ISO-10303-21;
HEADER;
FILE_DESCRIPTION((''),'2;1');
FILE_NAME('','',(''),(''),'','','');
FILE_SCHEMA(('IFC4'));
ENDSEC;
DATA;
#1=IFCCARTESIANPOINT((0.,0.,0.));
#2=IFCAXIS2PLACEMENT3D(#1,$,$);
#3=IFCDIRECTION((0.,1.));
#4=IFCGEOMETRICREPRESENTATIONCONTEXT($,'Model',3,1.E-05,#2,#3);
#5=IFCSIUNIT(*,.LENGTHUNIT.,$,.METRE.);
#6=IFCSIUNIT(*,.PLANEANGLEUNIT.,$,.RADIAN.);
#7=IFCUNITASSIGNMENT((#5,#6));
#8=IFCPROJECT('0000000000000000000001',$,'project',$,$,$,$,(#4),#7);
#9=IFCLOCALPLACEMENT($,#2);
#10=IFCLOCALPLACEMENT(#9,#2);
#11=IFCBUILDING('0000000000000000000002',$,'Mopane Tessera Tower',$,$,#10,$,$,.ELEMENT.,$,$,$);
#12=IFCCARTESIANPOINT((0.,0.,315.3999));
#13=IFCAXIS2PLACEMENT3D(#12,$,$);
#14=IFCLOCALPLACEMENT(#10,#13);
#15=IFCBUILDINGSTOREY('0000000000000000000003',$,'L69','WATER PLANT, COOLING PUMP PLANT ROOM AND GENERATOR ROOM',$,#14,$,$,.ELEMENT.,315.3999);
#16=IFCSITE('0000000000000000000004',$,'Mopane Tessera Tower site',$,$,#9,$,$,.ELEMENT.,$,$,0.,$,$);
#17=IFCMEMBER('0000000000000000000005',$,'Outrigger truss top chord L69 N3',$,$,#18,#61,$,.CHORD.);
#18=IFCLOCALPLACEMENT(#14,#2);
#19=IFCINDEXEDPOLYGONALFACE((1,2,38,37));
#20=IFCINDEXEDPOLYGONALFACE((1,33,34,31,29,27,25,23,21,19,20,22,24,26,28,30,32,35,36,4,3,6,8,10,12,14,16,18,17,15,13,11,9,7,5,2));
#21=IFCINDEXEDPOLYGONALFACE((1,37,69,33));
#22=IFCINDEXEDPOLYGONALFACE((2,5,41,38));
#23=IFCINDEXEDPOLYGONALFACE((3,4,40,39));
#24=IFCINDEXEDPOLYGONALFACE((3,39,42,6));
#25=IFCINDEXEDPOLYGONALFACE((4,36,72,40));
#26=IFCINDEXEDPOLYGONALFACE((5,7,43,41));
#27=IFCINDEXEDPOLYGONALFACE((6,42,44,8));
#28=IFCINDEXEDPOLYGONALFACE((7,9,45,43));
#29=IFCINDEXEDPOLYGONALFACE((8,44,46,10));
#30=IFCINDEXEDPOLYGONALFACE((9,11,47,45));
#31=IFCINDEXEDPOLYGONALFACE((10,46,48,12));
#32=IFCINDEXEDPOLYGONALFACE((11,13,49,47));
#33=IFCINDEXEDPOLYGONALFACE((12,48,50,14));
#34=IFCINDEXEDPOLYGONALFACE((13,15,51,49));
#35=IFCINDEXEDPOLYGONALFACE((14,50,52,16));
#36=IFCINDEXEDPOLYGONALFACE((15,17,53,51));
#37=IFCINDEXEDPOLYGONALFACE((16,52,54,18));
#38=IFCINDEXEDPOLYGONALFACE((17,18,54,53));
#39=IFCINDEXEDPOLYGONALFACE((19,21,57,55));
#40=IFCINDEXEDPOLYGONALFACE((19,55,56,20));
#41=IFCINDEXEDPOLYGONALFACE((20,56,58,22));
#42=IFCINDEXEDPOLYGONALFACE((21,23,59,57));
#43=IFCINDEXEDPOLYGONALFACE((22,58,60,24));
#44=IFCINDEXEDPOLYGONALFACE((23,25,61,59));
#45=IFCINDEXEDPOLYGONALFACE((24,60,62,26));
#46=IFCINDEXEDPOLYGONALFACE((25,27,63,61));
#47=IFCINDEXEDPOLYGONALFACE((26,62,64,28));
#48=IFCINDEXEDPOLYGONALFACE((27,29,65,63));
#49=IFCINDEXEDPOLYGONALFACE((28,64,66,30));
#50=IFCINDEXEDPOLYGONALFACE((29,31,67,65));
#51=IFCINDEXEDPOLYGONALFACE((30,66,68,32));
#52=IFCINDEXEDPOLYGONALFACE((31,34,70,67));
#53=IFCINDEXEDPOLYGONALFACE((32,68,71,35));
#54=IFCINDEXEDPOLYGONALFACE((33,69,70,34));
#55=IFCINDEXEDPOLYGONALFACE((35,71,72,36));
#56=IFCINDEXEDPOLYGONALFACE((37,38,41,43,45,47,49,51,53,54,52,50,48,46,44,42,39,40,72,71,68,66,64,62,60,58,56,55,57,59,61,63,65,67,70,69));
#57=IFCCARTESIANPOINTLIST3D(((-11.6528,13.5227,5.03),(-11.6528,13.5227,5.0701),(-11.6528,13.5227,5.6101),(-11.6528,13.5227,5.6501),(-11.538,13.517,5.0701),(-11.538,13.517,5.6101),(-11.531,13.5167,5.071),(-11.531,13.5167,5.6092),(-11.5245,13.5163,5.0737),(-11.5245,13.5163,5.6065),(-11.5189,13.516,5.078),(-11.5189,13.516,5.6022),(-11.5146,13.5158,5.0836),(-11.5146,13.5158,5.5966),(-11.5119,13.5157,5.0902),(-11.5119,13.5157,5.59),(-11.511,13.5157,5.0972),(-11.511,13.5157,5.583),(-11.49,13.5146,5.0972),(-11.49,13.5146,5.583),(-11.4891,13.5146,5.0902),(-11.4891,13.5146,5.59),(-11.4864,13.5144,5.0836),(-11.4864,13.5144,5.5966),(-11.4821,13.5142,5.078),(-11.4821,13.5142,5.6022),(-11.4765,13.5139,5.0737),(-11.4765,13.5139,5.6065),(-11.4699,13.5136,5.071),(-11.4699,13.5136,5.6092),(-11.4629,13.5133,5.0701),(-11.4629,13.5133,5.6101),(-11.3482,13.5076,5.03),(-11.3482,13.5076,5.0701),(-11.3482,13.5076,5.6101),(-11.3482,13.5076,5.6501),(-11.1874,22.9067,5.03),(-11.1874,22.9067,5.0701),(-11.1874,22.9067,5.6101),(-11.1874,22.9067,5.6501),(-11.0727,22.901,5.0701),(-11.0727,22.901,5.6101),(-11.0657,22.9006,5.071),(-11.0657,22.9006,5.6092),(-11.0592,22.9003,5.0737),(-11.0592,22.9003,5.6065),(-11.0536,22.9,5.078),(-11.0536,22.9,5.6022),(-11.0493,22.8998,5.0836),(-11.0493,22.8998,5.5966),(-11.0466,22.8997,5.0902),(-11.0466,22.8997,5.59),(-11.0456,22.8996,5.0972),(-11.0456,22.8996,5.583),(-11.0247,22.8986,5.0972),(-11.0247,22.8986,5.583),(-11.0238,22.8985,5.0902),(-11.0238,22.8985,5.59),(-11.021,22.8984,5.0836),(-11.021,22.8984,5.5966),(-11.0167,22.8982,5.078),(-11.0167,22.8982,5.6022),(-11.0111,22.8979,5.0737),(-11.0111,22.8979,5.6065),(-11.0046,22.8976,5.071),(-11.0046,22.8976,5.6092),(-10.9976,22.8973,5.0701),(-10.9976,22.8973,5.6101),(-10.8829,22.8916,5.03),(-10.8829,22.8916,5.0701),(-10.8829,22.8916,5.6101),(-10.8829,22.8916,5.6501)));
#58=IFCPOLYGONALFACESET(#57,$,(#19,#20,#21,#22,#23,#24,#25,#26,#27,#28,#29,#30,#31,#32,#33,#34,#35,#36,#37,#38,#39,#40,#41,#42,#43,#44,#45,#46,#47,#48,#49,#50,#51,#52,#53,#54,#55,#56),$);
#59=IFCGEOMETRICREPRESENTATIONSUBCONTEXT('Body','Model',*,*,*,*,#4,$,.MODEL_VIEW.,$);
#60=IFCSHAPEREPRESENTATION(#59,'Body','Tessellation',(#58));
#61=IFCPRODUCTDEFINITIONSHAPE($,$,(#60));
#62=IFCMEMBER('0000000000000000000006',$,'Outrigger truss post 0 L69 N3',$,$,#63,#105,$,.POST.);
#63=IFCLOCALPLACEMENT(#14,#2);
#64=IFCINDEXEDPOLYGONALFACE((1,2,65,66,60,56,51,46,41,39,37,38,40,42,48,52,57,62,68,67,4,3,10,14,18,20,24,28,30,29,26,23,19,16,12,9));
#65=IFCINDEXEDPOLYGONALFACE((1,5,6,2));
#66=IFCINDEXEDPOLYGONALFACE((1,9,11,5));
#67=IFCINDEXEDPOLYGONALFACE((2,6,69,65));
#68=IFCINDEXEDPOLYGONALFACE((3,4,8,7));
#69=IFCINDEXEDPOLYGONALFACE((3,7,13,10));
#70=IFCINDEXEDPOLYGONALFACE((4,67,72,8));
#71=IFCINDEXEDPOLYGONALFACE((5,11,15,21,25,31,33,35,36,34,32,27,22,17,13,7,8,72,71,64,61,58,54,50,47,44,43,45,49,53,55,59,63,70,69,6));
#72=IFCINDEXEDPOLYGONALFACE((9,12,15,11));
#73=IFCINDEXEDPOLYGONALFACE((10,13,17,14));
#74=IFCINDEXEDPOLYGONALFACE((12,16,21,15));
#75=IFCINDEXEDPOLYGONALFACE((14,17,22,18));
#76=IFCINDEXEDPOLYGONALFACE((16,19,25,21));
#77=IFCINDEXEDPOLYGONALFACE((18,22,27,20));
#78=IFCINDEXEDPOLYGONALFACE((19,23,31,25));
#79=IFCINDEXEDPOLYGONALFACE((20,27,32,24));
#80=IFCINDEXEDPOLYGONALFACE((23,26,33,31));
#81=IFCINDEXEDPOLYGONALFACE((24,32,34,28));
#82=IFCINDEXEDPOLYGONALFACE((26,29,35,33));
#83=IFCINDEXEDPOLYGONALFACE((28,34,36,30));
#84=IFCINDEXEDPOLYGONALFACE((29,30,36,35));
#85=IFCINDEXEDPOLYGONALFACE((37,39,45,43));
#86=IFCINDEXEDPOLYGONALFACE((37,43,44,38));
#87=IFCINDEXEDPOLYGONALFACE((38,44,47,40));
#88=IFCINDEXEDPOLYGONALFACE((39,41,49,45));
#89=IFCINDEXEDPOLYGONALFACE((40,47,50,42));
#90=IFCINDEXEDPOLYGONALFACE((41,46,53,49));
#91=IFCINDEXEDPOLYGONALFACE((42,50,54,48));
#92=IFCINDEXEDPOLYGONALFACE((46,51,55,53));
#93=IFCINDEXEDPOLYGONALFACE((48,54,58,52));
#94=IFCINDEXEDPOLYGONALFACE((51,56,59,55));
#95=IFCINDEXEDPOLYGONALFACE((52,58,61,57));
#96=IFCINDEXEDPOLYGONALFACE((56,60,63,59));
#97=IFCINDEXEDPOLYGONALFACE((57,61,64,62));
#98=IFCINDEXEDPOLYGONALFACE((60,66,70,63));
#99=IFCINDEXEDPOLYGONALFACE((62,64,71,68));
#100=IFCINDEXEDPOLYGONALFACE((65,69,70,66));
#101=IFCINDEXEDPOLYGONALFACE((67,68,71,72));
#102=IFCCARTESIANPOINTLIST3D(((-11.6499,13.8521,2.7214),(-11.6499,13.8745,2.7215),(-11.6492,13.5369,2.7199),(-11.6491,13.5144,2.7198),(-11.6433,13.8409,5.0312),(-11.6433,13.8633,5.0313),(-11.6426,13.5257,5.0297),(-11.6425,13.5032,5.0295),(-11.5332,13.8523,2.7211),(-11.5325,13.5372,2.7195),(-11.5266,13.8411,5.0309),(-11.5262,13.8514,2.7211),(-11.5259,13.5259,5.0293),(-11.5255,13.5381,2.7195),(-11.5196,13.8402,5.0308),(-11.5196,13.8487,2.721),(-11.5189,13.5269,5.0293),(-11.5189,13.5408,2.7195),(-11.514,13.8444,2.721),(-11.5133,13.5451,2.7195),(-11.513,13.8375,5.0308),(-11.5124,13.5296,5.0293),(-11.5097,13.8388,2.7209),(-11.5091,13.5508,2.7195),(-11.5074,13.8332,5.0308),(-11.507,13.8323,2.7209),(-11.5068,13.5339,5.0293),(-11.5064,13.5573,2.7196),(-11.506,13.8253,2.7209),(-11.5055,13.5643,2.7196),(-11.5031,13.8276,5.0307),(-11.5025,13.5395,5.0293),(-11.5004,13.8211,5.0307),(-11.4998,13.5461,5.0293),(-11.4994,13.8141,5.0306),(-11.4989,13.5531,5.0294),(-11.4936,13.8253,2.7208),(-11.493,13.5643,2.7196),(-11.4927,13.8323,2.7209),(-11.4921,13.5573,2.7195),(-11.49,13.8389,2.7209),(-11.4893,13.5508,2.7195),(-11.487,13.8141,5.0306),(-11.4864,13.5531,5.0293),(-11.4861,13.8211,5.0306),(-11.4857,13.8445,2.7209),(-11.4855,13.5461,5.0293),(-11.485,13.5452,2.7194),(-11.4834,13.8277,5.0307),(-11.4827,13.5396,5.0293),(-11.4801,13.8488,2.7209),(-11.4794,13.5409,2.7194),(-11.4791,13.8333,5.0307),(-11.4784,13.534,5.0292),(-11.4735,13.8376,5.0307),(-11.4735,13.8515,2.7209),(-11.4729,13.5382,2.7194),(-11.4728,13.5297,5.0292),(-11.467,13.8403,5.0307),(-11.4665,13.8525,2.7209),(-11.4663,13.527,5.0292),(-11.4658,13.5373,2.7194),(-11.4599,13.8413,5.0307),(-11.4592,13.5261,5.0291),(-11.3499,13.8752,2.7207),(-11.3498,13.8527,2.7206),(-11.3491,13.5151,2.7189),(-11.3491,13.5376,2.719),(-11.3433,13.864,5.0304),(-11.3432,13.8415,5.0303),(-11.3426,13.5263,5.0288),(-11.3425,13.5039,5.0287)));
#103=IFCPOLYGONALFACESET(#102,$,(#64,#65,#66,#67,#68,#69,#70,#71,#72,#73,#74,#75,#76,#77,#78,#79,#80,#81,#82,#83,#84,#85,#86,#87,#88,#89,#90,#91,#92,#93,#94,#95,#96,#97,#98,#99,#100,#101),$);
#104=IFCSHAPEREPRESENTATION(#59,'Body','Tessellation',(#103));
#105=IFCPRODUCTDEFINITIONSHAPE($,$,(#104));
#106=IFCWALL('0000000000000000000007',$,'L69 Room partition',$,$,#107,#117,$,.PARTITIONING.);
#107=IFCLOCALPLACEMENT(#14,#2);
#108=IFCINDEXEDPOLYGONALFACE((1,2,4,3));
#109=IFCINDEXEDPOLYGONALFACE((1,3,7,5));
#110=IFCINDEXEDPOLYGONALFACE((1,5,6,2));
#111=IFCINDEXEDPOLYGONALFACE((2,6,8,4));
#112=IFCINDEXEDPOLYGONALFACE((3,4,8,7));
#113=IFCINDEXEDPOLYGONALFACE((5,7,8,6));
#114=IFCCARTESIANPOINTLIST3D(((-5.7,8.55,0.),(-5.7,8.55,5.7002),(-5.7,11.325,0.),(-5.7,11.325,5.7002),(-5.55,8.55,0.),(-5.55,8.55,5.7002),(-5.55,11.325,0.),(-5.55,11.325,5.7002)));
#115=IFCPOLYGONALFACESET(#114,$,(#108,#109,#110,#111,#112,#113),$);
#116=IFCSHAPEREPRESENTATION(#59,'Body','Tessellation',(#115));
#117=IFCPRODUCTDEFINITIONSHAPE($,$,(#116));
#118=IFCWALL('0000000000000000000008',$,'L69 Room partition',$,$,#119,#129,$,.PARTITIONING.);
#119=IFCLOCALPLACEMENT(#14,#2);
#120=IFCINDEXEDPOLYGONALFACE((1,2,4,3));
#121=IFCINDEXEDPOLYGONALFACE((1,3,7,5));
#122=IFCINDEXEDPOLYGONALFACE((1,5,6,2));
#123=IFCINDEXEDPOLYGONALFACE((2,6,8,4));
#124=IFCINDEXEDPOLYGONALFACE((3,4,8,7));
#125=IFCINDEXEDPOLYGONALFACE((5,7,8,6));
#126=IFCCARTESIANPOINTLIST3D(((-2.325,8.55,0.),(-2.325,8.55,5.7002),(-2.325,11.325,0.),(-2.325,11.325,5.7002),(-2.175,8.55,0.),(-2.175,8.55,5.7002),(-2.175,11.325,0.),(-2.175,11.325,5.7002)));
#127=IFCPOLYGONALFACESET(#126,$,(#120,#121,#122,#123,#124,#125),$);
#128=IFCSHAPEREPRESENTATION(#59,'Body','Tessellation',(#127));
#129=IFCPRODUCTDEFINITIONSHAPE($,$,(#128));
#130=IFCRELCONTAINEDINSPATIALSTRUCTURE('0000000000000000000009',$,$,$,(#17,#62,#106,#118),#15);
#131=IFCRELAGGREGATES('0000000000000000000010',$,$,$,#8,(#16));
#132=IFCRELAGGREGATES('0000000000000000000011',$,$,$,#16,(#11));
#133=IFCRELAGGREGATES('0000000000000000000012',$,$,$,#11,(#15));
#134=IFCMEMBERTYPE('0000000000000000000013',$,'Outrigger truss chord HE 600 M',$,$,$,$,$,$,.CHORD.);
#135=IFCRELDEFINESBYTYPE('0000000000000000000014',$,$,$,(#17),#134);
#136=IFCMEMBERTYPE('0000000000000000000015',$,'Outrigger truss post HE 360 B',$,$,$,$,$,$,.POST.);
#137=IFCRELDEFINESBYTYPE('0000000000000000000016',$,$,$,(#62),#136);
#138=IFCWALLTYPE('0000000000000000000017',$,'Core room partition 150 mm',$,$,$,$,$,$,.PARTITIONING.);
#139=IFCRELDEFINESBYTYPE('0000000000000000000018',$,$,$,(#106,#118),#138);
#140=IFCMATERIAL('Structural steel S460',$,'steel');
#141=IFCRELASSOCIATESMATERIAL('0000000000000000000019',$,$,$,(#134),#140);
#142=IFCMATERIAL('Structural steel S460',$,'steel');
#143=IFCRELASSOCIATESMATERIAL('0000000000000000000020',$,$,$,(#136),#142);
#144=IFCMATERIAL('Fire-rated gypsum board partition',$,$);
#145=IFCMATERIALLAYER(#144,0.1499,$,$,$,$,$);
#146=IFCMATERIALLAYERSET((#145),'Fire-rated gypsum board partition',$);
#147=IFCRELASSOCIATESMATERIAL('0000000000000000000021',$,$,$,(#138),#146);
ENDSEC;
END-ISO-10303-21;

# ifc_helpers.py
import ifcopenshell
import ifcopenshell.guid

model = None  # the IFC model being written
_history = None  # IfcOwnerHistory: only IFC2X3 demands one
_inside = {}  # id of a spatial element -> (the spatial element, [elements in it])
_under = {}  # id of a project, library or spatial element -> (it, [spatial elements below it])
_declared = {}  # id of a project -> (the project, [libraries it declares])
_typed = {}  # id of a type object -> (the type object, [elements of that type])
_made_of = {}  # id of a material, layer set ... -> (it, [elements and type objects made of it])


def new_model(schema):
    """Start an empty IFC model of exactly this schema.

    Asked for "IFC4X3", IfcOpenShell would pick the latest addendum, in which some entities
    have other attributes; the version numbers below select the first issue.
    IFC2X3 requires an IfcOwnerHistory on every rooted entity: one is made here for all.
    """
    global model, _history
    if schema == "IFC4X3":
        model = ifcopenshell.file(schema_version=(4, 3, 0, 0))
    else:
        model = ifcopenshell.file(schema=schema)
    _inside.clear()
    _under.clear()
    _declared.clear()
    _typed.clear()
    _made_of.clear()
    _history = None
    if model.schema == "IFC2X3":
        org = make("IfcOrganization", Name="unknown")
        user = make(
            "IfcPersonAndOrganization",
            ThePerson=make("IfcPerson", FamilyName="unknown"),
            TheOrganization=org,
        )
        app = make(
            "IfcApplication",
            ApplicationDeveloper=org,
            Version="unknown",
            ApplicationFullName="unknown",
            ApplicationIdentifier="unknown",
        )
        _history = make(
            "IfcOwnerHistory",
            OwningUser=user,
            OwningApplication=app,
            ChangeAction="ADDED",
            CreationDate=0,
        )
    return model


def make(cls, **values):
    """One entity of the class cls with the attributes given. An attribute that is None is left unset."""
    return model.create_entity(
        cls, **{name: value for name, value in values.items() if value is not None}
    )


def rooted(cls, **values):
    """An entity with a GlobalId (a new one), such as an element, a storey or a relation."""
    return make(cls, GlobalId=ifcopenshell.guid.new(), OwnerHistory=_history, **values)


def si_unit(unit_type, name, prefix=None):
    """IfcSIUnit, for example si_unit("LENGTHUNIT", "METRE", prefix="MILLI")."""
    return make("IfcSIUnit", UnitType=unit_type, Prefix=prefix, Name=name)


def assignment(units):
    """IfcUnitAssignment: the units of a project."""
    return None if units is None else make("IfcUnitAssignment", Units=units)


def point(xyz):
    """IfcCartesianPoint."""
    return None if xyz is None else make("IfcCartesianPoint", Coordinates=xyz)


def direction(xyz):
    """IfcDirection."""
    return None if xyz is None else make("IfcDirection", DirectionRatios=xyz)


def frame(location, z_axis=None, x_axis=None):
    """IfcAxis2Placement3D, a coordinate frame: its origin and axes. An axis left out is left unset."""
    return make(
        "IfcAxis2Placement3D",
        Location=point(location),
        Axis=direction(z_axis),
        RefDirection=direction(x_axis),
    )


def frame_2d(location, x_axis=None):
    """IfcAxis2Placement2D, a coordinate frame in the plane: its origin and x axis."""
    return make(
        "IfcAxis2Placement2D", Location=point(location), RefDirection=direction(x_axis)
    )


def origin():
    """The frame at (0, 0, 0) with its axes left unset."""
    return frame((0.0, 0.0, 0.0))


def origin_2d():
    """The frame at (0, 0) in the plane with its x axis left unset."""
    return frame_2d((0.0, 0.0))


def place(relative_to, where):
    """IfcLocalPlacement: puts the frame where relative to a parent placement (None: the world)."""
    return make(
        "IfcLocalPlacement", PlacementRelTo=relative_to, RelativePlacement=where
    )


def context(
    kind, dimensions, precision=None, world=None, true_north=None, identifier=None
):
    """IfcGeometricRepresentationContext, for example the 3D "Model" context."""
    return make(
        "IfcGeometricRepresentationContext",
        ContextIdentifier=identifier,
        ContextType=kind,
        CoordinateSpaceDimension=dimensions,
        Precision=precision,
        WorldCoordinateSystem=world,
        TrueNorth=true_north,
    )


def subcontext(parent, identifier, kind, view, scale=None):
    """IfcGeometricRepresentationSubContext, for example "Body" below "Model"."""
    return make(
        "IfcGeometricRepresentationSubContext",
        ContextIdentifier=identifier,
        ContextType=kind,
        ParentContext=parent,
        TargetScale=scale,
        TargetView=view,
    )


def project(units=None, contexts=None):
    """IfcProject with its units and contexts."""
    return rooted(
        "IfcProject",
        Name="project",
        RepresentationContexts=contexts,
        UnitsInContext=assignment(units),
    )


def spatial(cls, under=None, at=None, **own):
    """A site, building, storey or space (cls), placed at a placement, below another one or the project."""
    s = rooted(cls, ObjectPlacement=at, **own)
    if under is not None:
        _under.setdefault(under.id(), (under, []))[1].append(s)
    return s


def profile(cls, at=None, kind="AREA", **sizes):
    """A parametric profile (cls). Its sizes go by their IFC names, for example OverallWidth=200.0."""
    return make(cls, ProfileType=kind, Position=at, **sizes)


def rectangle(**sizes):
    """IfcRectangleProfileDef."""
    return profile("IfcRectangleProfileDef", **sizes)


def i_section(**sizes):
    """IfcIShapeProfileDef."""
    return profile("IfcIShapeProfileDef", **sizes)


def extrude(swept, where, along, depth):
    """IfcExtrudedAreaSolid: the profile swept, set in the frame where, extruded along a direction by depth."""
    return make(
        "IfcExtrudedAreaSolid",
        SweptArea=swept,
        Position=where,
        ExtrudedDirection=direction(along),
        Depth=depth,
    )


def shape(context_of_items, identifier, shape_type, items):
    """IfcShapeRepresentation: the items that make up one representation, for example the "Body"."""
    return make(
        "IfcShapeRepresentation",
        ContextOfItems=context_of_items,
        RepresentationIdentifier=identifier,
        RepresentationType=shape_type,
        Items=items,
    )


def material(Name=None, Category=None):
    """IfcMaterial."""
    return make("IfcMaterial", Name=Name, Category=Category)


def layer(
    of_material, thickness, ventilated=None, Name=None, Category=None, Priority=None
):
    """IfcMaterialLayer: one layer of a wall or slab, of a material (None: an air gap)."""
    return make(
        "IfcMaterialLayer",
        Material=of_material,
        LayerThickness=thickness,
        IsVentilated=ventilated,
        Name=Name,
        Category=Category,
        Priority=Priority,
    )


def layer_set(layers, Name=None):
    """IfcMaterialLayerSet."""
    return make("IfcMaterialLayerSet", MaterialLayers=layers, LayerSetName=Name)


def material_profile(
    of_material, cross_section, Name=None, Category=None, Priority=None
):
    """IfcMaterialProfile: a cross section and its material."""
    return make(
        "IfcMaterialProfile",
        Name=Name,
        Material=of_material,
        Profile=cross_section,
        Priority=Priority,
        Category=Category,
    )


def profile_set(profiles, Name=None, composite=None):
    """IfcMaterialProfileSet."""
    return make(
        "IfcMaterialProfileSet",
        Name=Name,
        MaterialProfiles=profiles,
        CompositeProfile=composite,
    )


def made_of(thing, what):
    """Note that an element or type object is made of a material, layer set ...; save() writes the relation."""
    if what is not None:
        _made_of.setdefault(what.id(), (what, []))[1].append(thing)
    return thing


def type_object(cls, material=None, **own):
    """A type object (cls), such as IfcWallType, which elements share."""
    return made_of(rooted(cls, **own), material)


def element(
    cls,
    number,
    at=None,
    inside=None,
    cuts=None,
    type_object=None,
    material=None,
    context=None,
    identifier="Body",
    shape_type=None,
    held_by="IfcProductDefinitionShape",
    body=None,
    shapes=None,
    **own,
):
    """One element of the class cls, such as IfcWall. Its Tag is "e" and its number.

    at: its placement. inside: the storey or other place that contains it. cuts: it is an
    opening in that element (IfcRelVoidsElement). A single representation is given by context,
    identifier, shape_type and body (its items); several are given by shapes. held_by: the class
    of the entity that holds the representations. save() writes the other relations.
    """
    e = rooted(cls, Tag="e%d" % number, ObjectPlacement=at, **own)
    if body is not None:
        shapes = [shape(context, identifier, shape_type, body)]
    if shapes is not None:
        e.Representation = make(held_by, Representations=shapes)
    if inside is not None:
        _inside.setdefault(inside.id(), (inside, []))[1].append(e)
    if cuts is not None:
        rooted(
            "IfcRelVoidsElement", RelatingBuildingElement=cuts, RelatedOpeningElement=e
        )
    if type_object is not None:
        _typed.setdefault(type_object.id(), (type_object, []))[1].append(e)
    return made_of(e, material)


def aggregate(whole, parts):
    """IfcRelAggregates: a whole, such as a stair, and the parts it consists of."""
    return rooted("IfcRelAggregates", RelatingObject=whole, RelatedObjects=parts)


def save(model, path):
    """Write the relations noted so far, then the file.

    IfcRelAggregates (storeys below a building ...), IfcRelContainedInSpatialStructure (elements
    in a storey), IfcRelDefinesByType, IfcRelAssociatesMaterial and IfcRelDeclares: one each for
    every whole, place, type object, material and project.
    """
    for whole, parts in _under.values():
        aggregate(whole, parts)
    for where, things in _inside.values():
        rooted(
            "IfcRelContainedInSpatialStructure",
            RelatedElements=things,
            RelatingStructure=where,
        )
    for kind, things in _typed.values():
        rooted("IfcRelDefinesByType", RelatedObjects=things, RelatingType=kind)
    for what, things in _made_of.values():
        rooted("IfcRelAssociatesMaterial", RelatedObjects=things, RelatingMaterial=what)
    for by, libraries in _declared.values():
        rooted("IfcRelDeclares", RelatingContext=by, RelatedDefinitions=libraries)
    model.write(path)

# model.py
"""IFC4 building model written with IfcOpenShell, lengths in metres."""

from ifc_helpers import new_model, si_unit, direction, frame, frame_2d, origin, origin_2d, place, context, subcontext, project, spatial, rectangle, i_section, extrude, material, layer, layer_set, material_profile, profile_set, type_object, element, save


model = new_model("IFC4")

# Units and contexts
model_context = context("Model", 3, precision=1e-05, world=origin(), true_north=direction((0.0, 1.0)))
body_context = subcontext(model_context, "Body", "Model", "MODEL_VIEW")
ifc_project = project(units=[si_unit("LENGTHUNIT", "METRE"), si_unit("PLANEANGLEUNIT", "RADIAN")], contexts=[model_context])

# Site, building, storey
site_placement = place(None, origin())
site = spatial("IfcSite", under=ifc_project, at=site_placement, Name="Mopane Tessera Tower site", CompositionType="ELEMENT", RefElevation=0.0)
building_placement = place(site_placement, origin())
building = spatial("IfcBuilding", under=site, at=building_placement, Name="Mopane Tessera Tower", CompositionType="ELEMENT")
storey_placement = place(building_placement, frame((0.0, 0.0, 315.3999)))
storey = spatial("IfcBuildingStorey", under=building, at=storey_placement, Name="L69", Description="WATER PLANT, COOLING PUMP PLANT ROOM AND GENERATOR ROOM", CompositionType="ELEMENT", Elevation=315.3999)

# Members
ifc_material_1 = material(Name="Structural steel S460", Category="steel")
ifc_material_profile_1 = material_profile(ifc_material_1, i_section(OverallWidth=0.3049, OverallDepth=0.6201, WebThickness=0.021, FlangeThickness=0.04, FilletRadius=0.0271, at=origin_2d()))
ifc_profile_set_1 = profile_set([ifc_material_profile_1], Name="Structural steel S460")
member_type_1 = type_object("IfcMemberType", Name="Outrigger truss chord HE 600 M", PredefinedType="CHORD", material=ifc_profile_set_1)
member_1_placement = place(storey_placement, frame((-11.5005, 13.5151, 5.3401), z_axis=(0.049527, 0.998773, 0.0), x_axis=(-0.998773, 0.049527, 0.0)))
element("IfcMember", 1, at=member_1_placement, inside=storey, type_object=member_type_1, Name="Outrigger truss top chord L69 N3", PredefinedType="CHORD", context=body_context, shape_type="SweptSolid", body=[
    extrude(i_section(OverallWidth=0.3049, OverallDepth=0.6201, WebThickness=0.021, FlangeThickness=0.04, FilletRadius=0.0271, at=origin_2d()), origin(), (0.0, 0.0, 1.0), 9.3955),
])
ifc_material_2 = material(Name="Structural steel S460", Category="steel")
ifc_material_profile_2 = material_profile(ifc_material_2, i_section(OverallWidth=0.3, OverallDepth=0.3601, WebThickness=0.0125, FlangeThickness=0.0225, FilletRadius=0.0271, at=origin_2d()))
ifc_profile_set_2 = profile_set([ifc_material_profile_2], Name="Structural steel S460")
member_type_2 = type_object("IfcMemberType", Name="Outrigger truss post HE 360 B", PredefinedType="POST", material=ifc_profile_set_2)
member_2_placement = place(storey_placement, frame((-11.4995, 13.6948, 2.7202), z_axis=(0.002854, -0.004862, 0.999984), x_axis=(-0.999994, -0.002209, 0.002843)))
element("IfcMember", 2, at=member_2_placement, inside=storey, type_object=member_type_2, Name="Outrigger truss post 0 L69 N3", PredefinedType="POST", context=body_context, shape_type="SweptSolid", body=[
    extrude(i_section(OverallWidth=0.3, OverallDepth=0.3601, WebThickness=0.0125, FlangeThickness=0.0225, FilletRadius=0.0271, at=origin_2d()), origin(), (0.0, 0.0, 1.0), 2.3098),
])

# Walls
ifc_material_3 = material(Name="Fire-rated gypsum board partition")
ifc_layer_1 = layer(ifc_material_3, 0.1499)
ifc_layer_set_1 = layer_set([ifc_layer_1], Name="Fire-rated gypsum board partition")
wall_type_1 = type_object("IfcWallType", Name="Core room partition 150 mm", PredefinedType="PARTITIONING", material=ifc_layer_set_1)
for number, where, z_axis, x_axis, name in (
    (3, (-5.625, 8.55, 0.0), (0.0, 0.0, 1.0), (0.0, 1.0, 0.0), "L69 Room partition"),
    (4, (-2.25, 8.55, 0.0), (0.0, 0.0, 1.0), (0.0, 1.0, 0.0), "L69 Room partition"),
):
    element("IfcWall", number, at=place(storey_placement, frame(where, z_axis=z_axis, x_axis=x_axis)), inside=storey, type_object=wall_type_1, Name=name, PredefinedType="PARTITIONING", context=body_context, shape_type="SweptSolid", body=[
        extrude(rectangle(XDim=2.7749, YDim=0.1499, at=frame_2d((1.3875, 0.0))), origin(), (0.0, 0.0, 1.0), 5.7002),
    ])

save(model, "model.ifc")
